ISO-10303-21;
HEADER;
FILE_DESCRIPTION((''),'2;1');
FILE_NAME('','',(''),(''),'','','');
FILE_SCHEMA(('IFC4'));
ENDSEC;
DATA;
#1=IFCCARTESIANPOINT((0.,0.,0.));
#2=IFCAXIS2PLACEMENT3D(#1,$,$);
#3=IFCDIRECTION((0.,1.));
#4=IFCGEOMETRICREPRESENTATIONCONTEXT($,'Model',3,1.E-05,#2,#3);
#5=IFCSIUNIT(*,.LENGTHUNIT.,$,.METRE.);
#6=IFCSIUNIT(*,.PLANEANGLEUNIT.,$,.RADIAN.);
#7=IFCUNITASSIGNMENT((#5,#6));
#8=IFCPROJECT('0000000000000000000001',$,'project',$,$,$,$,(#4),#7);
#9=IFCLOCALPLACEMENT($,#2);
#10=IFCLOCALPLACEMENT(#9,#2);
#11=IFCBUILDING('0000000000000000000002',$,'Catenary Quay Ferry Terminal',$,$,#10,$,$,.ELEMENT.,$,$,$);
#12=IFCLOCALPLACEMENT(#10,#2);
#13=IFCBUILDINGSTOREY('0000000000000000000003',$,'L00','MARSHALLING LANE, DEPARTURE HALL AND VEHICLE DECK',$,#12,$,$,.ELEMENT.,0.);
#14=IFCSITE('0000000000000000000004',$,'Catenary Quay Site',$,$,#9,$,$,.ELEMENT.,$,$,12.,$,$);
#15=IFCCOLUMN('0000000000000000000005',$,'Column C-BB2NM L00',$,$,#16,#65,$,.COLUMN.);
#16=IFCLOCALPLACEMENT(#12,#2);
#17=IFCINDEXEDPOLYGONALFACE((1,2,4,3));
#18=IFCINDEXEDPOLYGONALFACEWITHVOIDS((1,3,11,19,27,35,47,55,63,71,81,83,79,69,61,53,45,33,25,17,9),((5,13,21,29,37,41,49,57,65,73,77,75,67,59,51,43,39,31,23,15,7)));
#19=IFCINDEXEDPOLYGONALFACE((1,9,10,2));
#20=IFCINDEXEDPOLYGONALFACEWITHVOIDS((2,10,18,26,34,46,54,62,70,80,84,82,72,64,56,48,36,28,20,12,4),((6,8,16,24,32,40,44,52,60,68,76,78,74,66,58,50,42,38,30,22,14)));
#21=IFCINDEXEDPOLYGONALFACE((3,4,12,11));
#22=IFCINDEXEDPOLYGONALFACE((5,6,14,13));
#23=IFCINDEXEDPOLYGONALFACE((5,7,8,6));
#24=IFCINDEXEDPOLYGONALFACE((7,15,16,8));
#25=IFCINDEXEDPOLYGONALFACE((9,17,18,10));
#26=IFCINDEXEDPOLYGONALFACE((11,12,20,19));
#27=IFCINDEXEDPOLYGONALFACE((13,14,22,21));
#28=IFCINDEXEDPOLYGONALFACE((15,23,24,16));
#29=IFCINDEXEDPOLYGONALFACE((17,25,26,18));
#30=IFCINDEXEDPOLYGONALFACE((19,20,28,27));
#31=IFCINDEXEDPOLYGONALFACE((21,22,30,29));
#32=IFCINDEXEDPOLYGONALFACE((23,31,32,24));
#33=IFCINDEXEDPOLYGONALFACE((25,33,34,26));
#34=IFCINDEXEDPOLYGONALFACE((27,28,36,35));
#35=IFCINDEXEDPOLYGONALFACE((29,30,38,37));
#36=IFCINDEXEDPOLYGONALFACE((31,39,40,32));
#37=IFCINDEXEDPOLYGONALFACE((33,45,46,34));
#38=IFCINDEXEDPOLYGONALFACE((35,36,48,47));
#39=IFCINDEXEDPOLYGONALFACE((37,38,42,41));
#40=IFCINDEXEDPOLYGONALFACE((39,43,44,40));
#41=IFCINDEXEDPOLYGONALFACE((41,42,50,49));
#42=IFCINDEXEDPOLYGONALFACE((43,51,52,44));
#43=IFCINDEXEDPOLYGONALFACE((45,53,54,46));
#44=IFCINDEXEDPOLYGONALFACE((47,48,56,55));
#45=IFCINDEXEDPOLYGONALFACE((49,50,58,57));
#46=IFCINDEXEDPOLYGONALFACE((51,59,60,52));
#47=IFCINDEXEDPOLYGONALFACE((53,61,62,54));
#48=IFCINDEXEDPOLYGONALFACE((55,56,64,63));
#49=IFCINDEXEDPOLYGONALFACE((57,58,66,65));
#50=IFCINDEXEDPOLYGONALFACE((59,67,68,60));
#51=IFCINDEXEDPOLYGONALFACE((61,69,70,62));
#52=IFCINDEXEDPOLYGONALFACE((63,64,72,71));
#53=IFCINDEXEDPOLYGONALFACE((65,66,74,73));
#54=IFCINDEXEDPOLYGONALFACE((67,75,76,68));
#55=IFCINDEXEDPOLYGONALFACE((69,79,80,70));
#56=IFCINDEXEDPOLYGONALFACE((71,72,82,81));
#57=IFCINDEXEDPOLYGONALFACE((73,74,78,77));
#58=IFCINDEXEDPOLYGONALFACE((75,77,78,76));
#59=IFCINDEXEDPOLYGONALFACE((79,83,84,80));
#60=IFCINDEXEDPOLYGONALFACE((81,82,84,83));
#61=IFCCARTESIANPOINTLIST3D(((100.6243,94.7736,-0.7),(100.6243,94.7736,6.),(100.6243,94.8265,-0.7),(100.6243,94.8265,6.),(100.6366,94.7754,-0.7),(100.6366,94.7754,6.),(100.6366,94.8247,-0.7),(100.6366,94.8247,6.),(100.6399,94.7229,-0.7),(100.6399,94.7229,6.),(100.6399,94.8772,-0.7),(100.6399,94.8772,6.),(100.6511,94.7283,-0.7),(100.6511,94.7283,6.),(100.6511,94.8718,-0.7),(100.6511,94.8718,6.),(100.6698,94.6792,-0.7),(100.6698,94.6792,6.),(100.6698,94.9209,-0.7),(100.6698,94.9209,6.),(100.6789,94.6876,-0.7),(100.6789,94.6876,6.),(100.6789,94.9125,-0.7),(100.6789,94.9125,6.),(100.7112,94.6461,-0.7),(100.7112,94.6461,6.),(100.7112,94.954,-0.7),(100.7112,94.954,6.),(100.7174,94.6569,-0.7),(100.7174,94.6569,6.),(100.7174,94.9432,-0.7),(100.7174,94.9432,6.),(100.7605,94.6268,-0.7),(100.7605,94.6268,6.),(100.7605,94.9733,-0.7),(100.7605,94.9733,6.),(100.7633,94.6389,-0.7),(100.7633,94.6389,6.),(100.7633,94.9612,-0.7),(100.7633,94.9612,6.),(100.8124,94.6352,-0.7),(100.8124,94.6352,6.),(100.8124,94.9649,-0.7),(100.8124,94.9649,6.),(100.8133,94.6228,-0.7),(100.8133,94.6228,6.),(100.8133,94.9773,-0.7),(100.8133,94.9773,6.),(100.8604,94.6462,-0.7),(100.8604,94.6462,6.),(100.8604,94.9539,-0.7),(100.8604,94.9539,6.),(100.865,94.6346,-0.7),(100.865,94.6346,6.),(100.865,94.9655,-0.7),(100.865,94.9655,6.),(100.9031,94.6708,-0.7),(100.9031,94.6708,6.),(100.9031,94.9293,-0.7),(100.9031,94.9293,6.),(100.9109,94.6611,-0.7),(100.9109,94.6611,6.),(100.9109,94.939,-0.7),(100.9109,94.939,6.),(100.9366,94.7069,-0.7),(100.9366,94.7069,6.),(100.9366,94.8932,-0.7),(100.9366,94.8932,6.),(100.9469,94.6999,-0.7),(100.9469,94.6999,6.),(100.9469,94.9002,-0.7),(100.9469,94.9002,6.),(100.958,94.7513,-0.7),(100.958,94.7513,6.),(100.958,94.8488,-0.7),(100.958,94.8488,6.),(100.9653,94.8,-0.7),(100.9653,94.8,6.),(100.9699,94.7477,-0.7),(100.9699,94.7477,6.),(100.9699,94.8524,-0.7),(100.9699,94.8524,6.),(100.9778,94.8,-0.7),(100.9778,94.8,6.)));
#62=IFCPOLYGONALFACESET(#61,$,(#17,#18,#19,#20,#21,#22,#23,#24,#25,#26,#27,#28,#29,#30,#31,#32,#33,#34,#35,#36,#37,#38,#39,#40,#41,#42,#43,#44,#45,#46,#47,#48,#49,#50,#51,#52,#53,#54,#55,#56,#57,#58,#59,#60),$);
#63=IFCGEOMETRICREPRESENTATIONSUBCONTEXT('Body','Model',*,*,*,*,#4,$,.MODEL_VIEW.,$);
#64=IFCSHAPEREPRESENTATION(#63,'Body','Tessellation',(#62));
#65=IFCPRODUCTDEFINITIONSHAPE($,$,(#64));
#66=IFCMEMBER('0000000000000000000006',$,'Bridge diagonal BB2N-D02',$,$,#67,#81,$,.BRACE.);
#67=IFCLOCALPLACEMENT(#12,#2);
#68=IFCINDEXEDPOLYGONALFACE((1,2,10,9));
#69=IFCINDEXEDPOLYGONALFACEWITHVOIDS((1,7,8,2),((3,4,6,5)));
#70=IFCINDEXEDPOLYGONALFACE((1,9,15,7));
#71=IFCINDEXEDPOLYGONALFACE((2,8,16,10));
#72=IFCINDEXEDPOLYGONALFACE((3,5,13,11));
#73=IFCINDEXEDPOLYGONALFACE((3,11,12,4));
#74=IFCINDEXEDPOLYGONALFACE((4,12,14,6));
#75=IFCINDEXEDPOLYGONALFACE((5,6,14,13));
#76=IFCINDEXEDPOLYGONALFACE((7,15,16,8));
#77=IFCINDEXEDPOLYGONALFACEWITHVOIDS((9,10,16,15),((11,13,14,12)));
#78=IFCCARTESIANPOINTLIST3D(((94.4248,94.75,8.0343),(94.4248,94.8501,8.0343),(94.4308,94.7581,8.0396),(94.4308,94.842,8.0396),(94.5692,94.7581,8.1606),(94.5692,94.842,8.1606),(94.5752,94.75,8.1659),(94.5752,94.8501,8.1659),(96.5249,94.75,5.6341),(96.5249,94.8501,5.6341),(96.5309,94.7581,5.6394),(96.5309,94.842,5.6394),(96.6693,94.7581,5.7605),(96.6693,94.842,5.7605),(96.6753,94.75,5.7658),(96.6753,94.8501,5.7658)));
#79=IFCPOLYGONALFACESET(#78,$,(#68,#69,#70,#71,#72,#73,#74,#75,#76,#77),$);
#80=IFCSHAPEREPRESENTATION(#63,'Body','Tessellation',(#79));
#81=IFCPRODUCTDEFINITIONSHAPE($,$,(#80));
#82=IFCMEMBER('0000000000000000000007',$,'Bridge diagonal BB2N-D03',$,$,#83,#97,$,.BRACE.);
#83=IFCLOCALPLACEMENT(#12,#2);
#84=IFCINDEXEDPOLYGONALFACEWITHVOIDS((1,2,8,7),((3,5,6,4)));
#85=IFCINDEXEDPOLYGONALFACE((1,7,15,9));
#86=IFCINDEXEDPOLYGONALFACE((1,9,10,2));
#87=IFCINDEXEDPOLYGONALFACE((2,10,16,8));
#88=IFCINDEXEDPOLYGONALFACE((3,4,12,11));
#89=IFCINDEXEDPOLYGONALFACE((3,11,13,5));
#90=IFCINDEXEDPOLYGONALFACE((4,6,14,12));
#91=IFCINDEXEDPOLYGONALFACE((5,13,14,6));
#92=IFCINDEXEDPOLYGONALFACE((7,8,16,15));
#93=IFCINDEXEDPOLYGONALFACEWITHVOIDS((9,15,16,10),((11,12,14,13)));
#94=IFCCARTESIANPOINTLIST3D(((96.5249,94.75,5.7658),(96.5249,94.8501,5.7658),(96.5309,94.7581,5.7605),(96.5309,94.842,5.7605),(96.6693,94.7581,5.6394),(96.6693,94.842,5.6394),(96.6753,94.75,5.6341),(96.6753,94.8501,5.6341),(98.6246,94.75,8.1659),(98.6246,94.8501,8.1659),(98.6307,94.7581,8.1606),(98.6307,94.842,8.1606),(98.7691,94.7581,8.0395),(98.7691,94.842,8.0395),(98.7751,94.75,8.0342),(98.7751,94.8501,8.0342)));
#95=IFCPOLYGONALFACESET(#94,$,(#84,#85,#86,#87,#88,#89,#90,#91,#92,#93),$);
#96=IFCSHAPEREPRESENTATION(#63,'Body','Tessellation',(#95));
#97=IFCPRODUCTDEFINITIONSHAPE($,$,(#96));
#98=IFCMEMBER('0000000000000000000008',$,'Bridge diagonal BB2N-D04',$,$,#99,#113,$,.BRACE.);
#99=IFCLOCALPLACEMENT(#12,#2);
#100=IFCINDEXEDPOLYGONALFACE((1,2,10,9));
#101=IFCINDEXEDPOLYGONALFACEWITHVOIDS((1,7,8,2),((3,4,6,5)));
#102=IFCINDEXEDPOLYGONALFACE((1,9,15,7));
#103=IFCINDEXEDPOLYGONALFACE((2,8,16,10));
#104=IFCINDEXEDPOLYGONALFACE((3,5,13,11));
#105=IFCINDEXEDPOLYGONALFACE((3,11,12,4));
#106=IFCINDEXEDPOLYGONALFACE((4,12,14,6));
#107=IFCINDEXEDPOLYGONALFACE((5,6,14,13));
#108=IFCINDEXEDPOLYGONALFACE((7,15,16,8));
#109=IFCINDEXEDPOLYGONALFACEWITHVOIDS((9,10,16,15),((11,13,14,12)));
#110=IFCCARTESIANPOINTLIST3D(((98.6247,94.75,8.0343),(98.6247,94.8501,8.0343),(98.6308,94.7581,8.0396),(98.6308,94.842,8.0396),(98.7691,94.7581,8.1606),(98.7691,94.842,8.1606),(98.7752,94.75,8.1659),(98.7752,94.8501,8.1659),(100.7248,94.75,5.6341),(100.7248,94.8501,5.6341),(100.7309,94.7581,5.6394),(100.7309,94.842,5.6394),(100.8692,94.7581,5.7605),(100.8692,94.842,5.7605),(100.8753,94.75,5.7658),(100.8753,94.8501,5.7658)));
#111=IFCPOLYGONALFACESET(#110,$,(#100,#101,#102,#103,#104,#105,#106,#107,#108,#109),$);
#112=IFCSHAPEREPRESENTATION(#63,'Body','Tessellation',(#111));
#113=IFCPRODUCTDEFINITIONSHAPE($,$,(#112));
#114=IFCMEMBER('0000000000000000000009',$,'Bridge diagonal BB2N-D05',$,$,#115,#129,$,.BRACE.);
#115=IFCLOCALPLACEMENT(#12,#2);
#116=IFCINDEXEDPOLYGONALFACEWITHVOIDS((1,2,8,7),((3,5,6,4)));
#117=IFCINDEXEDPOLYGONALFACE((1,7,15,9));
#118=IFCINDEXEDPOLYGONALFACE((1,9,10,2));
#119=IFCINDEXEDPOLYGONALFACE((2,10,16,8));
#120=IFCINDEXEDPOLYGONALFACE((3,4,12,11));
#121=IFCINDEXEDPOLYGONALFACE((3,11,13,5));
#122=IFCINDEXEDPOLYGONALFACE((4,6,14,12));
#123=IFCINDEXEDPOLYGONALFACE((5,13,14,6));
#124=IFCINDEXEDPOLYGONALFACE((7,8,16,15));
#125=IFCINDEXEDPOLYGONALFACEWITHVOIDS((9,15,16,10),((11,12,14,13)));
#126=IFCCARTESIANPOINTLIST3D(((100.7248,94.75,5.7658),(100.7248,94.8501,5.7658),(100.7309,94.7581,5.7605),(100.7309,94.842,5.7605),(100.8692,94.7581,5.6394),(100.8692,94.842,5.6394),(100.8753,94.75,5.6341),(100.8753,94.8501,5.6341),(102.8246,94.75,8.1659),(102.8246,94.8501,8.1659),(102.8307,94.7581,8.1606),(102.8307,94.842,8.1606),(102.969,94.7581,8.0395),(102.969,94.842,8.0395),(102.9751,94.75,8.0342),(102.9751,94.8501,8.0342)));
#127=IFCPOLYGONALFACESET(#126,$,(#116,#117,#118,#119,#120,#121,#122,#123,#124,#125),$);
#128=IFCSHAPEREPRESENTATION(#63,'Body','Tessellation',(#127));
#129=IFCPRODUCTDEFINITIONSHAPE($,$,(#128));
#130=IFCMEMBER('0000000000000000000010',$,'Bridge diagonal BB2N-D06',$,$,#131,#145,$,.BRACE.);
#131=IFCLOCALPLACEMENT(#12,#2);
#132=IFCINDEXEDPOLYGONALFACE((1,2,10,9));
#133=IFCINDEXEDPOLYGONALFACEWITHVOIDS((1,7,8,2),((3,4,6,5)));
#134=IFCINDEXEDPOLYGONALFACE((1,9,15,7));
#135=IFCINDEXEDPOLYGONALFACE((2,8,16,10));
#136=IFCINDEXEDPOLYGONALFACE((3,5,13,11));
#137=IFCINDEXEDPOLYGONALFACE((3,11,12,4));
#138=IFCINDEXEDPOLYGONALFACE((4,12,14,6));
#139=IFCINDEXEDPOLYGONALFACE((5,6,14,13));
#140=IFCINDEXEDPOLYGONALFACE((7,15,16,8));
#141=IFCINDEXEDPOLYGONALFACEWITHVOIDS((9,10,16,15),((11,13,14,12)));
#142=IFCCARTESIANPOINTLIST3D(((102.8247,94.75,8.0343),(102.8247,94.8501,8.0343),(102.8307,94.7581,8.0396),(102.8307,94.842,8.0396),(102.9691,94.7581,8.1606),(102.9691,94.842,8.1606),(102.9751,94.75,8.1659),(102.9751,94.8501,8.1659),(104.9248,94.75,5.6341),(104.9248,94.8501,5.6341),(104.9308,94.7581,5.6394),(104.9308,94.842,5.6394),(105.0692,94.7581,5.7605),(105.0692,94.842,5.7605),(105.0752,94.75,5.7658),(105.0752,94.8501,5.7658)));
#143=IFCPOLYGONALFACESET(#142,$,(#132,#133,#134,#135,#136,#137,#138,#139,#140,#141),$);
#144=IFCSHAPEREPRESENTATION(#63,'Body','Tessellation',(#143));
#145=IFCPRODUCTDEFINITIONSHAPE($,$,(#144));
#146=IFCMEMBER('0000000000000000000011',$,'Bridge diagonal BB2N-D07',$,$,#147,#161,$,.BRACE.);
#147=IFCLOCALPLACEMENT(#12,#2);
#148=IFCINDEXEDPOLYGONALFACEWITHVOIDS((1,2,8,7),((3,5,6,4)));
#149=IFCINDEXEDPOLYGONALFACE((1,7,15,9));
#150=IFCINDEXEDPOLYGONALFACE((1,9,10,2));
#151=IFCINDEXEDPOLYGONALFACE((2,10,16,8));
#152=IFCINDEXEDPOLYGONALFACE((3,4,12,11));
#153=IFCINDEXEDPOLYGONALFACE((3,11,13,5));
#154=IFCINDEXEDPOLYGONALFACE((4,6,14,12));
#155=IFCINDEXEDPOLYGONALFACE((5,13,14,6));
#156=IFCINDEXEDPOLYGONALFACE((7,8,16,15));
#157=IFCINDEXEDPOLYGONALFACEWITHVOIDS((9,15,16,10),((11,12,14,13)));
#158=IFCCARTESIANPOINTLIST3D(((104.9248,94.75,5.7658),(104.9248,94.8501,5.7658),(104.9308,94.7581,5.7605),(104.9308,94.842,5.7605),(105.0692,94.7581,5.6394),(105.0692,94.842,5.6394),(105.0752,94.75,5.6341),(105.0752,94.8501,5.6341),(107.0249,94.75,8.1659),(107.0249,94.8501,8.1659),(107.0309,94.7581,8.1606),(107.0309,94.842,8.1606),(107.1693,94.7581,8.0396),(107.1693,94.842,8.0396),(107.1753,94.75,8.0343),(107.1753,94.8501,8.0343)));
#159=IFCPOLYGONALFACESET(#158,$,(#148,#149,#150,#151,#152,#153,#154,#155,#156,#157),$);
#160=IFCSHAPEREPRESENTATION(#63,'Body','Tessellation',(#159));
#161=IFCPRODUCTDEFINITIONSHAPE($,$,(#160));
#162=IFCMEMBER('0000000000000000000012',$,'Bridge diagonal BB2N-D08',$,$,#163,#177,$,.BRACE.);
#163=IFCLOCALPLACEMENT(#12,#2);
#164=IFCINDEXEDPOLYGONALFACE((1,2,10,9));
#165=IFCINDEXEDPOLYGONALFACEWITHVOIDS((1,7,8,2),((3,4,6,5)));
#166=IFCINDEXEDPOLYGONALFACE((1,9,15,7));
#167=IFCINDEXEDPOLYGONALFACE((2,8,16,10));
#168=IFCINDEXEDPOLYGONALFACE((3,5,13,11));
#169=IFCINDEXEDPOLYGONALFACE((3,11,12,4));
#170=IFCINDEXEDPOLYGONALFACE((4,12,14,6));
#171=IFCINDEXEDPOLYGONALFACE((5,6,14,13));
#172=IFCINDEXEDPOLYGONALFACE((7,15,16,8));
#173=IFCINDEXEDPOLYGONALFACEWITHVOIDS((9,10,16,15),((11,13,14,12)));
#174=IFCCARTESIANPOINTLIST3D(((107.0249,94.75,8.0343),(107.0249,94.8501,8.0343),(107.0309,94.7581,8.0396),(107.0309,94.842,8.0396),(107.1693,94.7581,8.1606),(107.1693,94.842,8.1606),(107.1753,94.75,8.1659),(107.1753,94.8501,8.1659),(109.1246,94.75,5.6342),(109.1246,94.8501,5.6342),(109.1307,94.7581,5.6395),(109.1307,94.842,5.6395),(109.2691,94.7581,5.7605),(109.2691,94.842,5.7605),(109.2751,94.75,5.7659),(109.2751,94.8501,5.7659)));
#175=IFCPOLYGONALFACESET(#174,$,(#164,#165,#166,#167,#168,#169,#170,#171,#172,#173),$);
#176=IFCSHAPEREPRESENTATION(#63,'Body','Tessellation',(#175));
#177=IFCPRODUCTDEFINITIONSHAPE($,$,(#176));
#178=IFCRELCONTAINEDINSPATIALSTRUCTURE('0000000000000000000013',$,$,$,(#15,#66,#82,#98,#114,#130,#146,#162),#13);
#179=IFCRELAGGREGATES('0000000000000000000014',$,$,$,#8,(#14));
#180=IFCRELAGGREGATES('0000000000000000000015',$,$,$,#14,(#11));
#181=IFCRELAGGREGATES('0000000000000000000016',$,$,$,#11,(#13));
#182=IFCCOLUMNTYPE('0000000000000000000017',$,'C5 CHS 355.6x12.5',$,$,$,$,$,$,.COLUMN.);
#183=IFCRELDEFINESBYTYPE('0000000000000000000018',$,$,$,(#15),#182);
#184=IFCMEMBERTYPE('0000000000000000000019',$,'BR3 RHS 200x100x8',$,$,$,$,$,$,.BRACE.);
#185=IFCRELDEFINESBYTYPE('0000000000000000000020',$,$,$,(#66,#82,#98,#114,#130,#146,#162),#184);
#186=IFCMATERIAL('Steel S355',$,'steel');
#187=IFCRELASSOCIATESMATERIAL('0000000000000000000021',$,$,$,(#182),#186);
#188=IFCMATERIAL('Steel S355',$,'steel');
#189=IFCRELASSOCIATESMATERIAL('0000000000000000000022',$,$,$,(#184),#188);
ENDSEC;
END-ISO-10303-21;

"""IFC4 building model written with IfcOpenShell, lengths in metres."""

from ifc_helpers import new_model, si_unit, direction, frame, origin, origin_2d, place, context, subcontext, project, spatial, hollow_rectangle, hollow_circle, extrude, material, material_profile, profile_set, type_object, element, save


model = new_model("IFC4")

# Units and contexts
model_context = context("Model", 3, precision=1e-05, world=origin(), true_north=direction((0.0, 1.0)))
body_context = subcontext(model_context, "Body", "Model", "MODEL_VIEW")
ifc_project = project(units=[si_unit("LENGTHUNIT", "METRE"), si_unit("PLANEANGLEUNIT", "RADIAN")], contexts=[model_context])

# Site, building, storey
site_placement = place(None, origin())
site = spatial("IfcSite", under=ifc_project, at=site_placement, Name="Catenary Quay Site", CompositionType="ELEMENT", RefElevation=12.0)
building_placement = place(site_placement, origin())
building = spatial("IfcBuilding", under=site, at=building_placement, Name="Catenary Quay Ferry Terminal", CompositionType="ELEMENT")
storey_placement = place(building_placement, origin())
storey = spatial("IfcBuildingStorey", under=building, at=storey_placement, Name="L00", Description="MARSHALLING LANE, DEPARTURE HALL AND VEHICLE DECK", CompositionType="ELEMENT", Elevation=0.0)

# Column
ifc_material_1 = material(Name="Steel S355", Category="steel")
ifc_material_profile_1 = material_profile(ifc_material_1, hollow_circle(Radius=0.1777, WallThickness=0.0125, at=origin_2d()), Name="CHS 355.6x12.5")
ifc_profile_set_1 = profile_set([ifc_material_profile_1], Name="Steel S355")
column_type = type_object("IfcColumnType", Name="C5 CHS 355.6x12.5", PredefinedType="COLUMN", material=ifc_profile_set_1)
column_placement = place(storey_placement, frame((100.8, 94.8, -0.7), z_axis=(0.0, 0.0, 1.0), x_axis=(1.0, 0.0, 0.0)))
element("IfcColumn", 1, at=column_placement, inside=storey, type_object=column_type, Name="Column C-BB2NM L00", PredefinedType="COLUMN", context=body_context, shape_type="SweptSolid", body=[
    extrude(hollow_circle(Radius=0.1777, WallThickness=0.0125, at=origin_2d()), origin(), (0.0, 0.0, 1.0), 6.7),
])

# Members
ifc_material_2 = material(Name="Steel S355", Category="steel")
ifc_material_profile_2 = material_profile(ifc_material_2, hollow_rectangle(XDim=0.1001, YDim=0.2, WallThickness=0.0081, at=origin_2d()), Name="RHS 200x100x8")
ifc_profile_set_2 = profile_set([ifc_material_profile_2], Name="Steel S355")
member_type_1 = type_object("IfcMemberType", Name="BR3 RHS 200x100x8", PredefinedType="BRACE", material=ifc_profile_set_2)
member_1_placement = place(storey_placement, frame((94.5, 94.8, 8.1001), z_axis=(0.658499, 0.0, -0.752581), x_axis=(0.0, 1.0, 0.0)))
element("IfcMember", 2, at=member_1_placement, inside=storey, type_object=member_type_1, Name="Bridge diagonal BB2N-D02", PredefinedType="BRACE", context=body_context, shape_type="SweptSolid", body=[
    extrude(hollow_rectangle(XDim=0.1001, YDim=0.2, WallThickness=0.0081, at=origin_2d()), origin(), (0.0, 0.0, 1.0), 3.1892),
])
member_2_placement = place(storey_placement, frame((96.6001, 94.8, 5.7), z_axis=(0.658456, 0.0, 0.752619), x_axis=(0.0, 1.0, 0.0)))
element("IfcMember", 3, at=member_2_placement, inside=storey, type_object=member_type_1, Name="Bridge diagonal BB2N-D03", PredefinedType="BRACE", context=body_context, shape_type="SweptSolid", body=[
    extrude(hollow_rectangle(XDim=0.1001, YDim=0.2, WallThickness=0.0081, at=origin_2d()), origin(), (0.0, 0.0, 1.0), 3.189),
])
member_3_placement = place(storey_placement, frame((98.7, 94.8, 8.1001), z_axis=(0.658499, 0.0, -0.752581), x_axis=(0.0, 1.0, 0.0)))
element("IfcMember", 4, at=member_3_placement, inside=storey, type_object=member_type_1, Name="Bridge diagonal BB2N-D04", PredefinedType="BRACE", context=body_context, shape_type="SweptSolid", body=[
    extrude(hollow_rectangle(XDim=0.1001, YDim=0.2, WallThickness=0.0081, at=origin_2d()), origin(), (0.0, 0.0, 1.0), 3.1892),
])
member_4_placement = place(storey_placement, frame((100.8, 94.8, 5.7), z_axis=(0.658456, 0.0, 0.752619), x_axis=(0.0, 1.0, 0.0)))
element("IfcMember", 5, at=member_4_placement, inside=storey, type_object=member_type_1, Name="Bridge diagonal BB2N-D05", PredefinedType="BRACE", context=body_context, shape_type="SweptSolid", body=[
    extrude(hollow_rectangle(XDim=0.1001, YDim=0.2, WallThickness=0.0081, at=origin_2d()), origin(), (0.0, 0.0, 1.0), 3.189),
])
for number, where, z_axis, x_axis, name in (
    (6, (102.8999, 94.8, 8.1001), (0.658499, 0.0, -0.752581), (0.0, 1.0, 0.0), "Bridge diagonal BB2N-D06"),
    (7, (105.0, 94.8, 5.7), (0.658499, 0.0, 0.752581), (0.0, 1.0, 0.0), "Bridge diagonal BB2N-D07"),
):
    element("IfcMember", number, at=place(storey_placement, frame(where, z_axis=z_axis, x_axis=x_axis)), inside=storey, type_object=member_type_1, Name=name, PredefinedType="BRACE", context=body_context, shape_type="SweptSolid", body=[
        extrude(hollow_rectangle(XDim=0.1001, YDim=0.2, WallThickness=0.0081, at=origin_2d()), origin(), (0.0, 0.0, 1.0), 3.1892),
    ])
member_5_placement = place(storey_placement, frame((107.1001, 94.8, 8.1001), z_axis=(0.658456, 0.0, -0.752619), x_axis=(0.0, 1.0, 0.0)))
element("IfcMember", 8, at=member_5_placement, inside=storey, type_object=member_type_1, Name="Bridge diagonal BB2N-D08", PredefinedType="BRACE", context=body_context, shape_type="SweptSolid", body=[
    extrude(hollow_rectangle(XDim=0.1001, YDim=0.2, WallThickness=0.0081, at=origin_2d()), origin(), (0.0, 0.0, 1.0), 3.189),
])

save(model, "model.ifc")
